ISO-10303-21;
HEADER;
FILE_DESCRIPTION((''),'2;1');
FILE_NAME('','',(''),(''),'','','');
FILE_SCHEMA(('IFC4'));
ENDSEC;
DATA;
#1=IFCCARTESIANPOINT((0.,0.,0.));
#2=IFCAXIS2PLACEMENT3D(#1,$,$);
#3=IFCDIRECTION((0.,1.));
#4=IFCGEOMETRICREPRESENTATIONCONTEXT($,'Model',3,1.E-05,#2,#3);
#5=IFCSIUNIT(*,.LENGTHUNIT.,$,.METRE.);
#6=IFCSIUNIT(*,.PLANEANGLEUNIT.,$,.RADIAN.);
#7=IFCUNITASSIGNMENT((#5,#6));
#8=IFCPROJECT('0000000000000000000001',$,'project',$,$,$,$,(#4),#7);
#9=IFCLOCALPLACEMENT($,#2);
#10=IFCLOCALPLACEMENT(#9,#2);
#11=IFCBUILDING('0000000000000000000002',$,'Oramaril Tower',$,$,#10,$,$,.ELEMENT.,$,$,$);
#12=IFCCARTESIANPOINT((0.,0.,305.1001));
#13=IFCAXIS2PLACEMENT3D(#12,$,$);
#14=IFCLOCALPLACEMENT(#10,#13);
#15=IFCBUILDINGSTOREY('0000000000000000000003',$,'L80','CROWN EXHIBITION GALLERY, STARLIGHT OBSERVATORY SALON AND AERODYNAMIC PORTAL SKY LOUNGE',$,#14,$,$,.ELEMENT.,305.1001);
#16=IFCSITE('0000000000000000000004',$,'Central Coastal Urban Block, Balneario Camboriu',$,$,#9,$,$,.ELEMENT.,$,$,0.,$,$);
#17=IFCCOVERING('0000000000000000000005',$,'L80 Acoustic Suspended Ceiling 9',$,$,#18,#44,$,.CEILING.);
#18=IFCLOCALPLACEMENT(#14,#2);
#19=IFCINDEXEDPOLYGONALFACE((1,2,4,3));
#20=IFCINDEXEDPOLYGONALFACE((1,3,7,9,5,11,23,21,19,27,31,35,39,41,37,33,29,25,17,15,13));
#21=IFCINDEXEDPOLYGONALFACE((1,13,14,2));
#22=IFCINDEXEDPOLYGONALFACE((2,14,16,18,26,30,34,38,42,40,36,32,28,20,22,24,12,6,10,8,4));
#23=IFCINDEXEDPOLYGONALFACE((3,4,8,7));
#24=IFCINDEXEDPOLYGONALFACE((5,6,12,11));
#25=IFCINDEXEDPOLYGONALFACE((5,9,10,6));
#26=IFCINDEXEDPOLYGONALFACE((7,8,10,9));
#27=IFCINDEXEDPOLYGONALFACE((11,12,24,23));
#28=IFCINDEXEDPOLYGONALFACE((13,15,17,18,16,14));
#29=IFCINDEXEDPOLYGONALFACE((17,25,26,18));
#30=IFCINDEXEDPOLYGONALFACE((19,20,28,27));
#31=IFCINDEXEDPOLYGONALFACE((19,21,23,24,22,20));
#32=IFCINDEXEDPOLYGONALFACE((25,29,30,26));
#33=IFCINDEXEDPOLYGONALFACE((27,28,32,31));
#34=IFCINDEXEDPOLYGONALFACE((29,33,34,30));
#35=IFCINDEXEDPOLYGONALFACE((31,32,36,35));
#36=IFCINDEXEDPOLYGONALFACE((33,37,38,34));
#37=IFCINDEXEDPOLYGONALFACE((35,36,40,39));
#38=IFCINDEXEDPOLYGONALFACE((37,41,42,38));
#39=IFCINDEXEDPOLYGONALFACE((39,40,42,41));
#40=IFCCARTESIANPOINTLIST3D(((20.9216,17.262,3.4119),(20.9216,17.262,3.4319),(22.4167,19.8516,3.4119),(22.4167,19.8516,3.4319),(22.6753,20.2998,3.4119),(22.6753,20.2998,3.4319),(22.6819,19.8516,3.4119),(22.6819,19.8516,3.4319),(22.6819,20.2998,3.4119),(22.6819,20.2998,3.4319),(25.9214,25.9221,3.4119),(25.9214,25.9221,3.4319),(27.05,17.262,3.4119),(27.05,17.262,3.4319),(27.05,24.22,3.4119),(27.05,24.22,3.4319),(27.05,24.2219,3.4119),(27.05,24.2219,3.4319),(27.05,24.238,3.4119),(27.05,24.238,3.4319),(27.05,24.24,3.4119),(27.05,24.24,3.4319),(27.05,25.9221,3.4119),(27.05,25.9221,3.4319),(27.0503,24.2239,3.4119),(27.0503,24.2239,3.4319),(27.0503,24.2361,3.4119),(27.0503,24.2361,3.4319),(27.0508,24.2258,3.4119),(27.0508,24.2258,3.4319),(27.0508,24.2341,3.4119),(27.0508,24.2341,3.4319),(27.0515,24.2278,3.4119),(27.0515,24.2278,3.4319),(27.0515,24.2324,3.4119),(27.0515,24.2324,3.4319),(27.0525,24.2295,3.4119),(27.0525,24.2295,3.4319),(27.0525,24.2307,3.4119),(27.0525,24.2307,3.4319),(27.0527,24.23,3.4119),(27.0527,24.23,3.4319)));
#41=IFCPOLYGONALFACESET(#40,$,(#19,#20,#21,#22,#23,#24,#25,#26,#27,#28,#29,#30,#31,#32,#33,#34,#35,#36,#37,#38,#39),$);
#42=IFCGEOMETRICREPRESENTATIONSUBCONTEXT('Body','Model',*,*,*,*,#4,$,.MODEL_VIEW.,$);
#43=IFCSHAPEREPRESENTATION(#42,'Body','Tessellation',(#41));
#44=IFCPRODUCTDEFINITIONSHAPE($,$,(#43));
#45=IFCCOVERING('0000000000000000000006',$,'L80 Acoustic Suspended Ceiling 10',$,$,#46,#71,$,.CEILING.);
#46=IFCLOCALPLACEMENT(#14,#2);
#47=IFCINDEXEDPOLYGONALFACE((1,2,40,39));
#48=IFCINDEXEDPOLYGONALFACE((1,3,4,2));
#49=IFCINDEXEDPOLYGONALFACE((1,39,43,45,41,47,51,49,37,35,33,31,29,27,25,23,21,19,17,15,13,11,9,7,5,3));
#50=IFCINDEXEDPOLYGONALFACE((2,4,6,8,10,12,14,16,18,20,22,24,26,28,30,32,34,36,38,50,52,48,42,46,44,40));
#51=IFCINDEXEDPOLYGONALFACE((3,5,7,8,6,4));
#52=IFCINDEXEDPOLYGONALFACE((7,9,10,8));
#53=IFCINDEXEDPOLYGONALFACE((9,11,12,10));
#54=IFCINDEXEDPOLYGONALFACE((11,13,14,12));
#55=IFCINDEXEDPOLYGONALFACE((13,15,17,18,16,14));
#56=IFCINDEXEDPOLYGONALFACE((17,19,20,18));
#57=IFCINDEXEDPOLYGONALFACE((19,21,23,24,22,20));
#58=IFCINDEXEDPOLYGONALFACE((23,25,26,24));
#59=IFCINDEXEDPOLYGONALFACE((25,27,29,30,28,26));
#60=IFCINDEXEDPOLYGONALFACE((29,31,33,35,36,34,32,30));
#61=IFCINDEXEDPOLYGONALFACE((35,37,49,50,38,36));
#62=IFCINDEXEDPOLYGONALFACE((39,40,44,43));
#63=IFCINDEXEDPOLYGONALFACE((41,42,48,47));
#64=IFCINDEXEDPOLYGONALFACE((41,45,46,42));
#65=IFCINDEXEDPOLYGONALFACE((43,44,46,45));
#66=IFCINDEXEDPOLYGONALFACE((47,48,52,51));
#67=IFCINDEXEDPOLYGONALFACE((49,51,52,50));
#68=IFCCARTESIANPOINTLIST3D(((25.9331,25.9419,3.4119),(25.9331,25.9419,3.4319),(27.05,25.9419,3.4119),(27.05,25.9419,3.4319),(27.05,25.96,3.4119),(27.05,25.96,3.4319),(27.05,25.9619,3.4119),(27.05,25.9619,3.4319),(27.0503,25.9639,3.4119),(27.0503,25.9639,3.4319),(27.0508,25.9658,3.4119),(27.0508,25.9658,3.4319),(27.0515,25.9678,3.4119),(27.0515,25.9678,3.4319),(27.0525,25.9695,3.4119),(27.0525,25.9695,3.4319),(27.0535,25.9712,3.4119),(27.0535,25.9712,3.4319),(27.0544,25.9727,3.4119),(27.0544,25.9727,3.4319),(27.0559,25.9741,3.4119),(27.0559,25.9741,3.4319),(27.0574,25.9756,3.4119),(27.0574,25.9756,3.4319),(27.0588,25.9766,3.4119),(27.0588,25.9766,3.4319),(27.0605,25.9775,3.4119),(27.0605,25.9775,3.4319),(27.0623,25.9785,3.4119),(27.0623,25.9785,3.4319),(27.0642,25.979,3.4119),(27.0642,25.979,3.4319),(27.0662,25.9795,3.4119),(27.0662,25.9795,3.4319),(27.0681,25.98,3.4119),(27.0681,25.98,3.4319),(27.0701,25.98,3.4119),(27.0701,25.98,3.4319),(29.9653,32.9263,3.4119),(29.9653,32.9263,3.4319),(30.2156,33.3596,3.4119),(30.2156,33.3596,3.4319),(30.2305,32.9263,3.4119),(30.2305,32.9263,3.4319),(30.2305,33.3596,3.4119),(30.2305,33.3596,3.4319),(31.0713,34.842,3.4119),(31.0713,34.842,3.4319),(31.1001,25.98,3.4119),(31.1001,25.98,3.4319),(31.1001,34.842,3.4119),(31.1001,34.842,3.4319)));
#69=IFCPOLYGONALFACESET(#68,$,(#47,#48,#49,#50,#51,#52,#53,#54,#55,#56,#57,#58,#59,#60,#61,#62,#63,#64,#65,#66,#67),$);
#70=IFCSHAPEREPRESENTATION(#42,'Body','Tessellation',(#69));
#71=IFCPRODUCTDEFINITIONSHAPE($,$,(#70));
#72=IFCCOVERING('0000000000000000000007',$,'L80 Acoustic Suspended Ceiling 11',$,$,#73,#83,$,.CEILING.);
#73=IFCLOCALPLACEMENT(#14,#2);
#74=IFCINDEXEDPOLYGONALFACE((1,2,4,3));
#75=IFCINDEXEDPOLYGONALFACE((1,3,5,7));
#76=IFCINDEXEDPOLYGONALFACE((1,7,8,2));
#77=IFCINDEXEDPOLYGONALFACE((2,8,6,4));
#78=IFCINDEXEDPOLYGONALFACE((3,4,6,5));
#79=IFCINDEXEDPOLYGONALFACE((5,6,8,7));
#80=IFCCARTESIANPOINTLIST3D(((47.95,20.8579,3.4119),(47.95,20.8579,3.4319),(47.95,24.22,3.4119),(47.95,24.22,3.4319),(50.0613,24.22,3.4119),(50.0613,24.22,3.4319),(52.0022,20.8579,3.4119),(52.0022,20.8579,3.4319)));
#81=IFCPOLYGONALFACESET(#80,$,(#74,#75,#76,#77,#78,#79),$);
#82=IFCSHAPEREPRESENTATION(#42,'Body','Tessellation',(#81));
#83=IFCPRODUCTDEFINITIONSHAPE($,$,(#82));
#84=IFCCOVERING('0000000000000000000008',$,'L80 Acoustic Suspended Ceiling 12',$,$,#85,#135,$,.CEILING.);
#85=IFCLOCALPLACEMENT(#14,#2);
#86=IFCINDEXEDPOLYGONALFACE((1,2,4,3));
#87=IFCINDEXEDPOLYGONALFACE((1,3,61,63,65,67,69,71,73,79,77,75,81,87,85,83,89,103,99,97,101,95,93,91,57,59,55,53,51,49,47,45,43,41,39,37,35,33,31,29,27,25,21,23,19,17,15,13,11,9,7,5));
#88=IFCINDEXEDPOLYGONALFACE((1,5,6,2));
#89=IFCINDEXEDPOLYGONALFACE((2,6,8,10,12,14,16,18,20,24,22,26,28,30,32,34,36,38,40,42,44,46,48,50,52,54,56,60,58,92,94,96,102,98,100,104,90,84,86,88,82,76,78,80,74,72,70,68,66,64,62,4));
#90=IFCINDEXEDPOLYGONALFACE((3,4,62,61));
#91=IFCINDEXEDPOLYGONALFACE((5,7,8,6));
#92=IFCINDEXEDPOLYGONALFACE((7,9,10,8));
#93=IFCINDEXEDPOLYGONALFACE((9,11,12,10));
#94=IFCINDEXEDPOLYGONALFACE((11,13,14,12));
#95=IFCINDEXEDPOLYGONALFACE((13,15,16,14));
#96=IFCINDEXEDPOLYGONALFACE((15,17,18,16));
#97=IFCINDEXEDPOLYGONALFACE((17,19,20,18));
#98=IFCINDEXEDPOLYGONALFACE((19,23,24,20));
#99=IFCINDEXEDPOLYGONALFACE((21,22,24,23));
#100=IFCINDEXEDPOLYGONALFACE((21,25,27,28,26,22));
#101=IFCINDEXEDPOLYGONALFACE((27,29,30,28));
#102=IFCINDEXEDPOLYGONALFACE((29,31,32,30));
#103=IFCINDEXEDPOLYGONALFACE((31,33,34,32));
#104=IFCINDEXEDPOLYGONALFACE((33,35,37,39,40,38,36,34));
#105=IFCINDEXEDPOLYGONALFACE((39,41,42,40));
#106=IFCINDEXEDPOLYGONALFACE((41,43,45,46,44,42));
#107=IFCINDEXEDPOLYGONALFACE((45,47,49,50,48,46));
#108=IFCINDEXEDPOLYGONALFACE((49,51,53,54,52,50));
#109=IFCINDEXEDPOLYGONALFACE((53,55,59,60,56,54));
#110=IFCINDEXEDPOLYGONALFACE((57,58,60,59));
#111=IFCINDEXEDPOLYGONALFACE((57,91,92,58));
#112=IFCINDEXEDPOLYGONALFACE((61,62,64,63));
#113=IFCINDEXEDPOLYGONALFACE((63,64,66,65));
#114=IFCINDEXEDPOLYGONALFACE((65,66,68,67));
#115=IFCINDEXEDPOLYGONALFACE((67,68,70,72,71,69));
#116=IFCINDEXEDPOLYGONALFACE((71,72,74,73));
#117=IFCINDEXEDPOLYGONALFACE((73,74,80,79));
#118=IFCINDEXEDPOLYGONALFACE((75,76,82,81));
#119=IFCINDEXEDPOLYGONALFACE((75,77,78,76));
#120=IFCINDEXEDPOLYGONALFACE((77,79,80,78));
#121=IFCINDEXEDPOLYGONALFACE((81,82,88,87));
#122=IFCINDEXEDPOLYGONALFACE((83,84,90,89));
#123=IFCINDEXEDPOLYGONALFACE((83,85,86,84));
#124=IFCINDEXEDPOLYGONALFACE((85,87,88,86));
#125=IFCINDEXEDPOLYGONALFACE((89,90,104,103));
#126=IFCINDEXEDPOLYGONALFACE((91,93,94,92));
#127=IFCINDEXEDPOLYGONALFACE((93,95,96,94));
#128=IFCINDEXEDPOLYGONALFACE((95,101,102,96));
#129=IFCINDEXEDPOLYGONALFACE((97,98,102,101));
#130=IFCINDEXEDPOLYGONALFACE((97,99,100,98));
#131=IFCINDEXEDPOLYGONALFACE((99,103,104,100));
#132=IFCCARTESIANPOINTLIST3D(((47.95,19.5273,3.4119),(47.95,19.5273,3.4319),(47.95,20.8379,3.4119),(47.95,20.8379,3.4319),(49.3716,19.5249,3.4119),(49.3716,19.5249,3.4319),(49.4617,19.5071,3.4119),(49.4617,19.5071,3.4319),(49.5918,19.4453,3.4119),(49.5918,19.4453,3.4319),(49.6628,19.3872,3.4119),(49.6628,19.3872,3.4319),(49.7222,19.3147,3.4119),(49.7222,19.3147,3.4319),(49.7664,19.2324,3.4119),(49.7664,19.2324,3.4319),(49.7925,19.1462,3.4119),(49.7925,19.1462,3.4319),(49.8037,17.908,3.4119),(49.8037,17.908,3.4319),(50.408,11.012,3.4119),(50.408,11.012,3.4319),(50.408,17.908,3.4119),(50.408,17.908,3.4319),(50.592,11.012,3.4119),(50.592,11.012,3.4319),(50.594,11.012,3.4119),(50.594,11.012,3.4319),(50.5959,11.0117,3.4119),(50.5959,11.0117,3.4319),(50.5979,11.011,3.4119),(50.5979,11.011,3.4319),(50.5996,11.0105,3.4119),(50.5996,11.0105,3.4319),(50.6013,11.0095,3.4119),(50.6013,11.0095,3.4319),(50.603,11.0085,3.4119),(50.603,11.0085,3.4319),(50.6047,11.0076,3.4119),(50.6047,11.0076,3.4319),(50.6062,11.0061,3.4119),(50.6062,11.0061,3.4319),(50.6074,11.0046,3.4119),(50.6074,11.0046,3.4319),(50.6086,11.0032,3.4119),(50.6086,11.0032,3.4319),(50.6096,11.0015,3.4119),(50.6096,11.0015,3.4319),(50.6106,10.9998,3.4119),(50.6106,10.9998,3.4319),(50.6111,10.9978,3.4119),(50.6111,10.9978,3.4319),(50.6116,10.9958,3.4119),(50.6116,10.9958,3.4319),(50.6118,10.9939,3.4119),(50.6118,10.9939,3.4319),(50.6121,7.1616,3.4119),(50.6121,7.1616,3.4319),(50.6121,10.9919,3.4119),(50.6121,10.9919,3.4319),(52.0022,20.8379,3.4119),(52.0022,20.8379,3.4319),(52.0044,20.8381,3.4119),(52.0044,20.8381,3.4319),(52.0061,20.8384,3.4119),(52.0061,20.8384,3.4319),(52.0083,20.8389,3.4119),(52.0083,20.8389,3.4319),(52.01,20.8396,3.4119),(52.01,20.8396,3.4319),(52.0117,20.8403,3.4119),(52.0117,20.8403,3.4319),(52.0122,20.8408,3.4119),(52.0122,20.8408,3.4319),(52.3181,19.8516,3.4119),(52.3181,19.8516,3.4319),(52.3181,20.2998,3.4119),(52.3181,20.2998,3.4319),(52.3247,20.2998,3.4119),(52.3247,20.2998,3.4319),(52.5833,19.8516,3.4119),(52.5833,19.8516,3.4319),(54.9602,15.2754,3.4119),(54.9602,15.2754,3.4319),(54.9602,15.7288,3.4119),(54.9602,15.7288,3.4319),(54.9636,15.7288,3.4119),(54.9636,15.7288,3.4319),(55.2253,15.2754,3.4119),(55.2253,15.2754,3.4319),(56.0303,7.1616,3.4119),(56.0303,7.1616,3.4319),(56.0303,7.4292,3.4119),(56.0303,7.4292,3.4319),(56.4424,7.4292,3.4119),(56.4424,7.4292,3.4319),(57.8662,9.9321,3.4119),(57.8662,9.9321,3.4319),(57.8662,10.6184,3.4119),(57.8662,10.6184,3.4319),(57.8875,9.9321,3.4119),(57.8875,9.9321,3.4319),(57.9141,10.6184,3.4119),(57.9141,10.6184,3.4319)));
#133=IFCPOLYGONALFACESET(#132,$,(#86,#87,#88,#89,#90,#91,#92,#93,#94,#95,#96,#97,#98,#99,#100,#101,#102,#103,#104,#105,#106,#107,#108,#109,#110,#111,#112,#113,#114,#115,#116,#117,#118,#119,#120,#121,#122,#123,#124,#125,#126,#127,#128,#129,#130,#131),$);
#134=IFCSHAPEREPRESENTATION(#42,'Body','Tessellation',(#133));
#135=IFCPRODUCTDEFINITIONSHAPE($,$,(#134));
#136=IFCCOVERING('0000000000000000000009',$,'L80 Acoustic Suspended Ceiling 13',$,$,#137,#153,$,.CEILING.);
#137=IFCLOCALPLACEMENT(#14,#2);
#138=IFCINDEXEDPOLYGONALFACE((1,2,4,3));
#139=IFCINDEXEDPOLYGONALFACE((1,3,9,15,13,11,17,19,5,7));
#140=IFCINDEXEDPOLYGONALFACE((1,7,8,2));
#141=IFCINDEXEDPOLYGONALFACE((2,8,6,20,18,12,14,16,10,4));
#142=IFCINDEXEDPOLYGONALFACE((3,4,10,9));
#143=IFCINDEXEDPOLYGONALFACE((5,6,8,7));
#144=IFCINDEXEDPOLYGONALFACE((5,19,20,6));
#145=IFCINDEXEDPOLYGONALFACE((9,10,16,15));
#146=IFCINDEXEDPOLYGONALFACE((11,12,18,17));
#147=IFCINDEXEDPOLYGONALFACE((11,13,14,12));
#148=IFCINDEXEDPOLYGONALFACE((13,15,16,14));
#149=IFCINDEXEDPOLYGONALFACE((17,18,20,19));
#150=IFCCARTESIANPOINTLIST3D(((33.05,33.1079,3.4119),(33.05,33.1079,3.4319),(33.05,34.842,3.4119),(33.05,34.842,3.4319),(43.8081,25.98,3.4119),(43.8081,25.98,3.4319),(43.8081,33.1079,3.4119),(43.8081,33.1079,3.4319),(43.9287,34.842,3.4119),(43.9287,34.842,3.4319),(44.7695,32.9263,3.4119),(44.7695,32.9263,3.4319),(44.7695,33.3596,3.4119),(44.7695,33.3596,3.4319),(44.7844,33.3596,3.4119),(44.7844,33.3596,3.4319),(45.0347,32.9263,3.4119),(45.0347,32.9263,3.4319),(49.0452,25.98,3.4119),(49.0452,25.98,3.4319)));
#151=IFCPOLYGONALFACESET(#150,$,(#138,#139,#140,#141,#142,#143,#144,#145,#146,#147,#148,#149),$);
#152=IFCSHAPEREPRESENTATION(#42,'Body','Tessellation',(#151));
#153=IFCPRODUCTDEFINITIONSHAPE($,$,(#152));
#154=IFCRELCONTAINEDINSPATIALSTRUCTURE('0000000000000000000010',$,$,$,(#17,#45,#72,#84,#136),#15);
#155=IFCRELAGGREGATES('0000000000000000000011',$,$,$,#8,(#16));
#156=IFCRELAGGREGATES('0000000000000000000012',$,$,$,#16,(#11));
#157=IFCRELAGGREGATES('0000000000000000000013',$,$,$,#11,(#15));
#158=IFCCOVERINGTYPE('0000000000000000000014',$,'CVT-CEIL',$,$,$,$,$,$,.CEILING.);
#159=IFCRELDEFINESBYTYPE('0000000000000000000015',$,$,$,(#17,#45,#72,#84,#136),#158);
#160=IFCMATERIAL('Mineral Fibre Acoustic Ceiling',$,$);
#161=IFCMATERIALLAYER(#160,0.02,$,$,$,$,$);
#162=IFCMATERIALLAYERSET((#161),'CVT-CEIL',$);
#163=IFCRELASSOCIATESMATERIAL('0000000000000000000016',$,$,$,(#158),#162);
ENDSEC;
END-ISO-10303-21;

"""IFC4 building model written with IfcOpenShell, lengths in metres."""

from ifc_helpers import new_model, si_unit, direction, frame, origin, place, context, subcontext, project, spatial, polyline, outline, extrude, material, layer, layer_set, type_object, element, save


model = new_model("IFC4")

# Units and contexts
model_context = context("Model", 3, precision=1e-05, world=origin(), true_north=direction((0.0, 1.0)))
body_context = subcontext(model_context, "Body", "Model", "MODEL_VIEW")
ifc_project = project(units=[si_unit("LENGTHUNIT", "METRE"), si_unit("PLANEANGLEUNIT", "RADIAN")], contexts=[model_context])

# Site, building, storey
site_placement = place(None, origin())
site = spatial("IfcSite", under=ifc_project, at=site_placement, Name="Central Coastal Urban Block, Balneario Camboriu", CompositionType="ELEMENT", RefElevation=0.0)
building_placement = place(site_placement, origin())
building = spatial("IfcBuilding", under=site, at=building_placement, Name="Oramaril Tower", CompositionType="ELEMENT")
storey_placement = place(building_placement, frame((0.0, 0.0, 305.1001)))
storey = spatial("IfcBuildingStorey", under=building, at=storey_placement, Name="L80", Description="CROWN EXHIBITION GALLERY, STARLIGHT OBSERVATORY SALON AND AERODYNAMIC PORTAL SKY LOUNGE", CompositionType="ELEMENT", Elevation=305.1001)

# Coverings
ifc_material_1 = material(Name="Mineral Fibre Acoustic Ceiling")
ifc_layer_1 = layer(ifc_material_1, 0.02)
ifc_layer_set_1 = layer_set([ifc_layer_1], Name="CVT-CEIL")
covering_type_1 = type_object("IfcCoveringType", Name="CVT-CEIL", PredefinedType="CEILING", material=ifc_layer_set_1)
covering_1_placement = place(storey_placement, frame((0.0, 0.0, 3.4119)))
element("IfcCovering", 1, at=covering_1_placement, inside=storey, type_object=covering_type_1, Name="L80 Acoustic Suspended Ceiling 9", PredefinedType="CEILING", context=body_context, shape_type="SweptSolid", body=[
    extrude(outline(polyline([(22.4167, 19.8516), (22.6819, 19.8516), (22.6819, 20.2998), (22.6753, 20.2998), (25.9214, 25.9221), (27.05, 25.9221), (27.05, 24.24), (27.05, 24.238), (27.0503, 24.2361), (27.0508, 24.2341), (27.0515, 24.2324), (27.0525, 24.2307), (27.0527, 24.23), (27.0525, 24.2295), (27.0515, 24.2278), (27.0508, 24.2258), (27.0503, 24.2239), (27.05, 24.2219), (27.05, 24.22), (27.05, 17.262), (20.9216, 17.262), (22.4167, 19.8516)])), origin(), (0.0, 0.0, 1.0), 0.02),
])
covering_2_placement = place(storey_placement, frame((0.0, 0.0, 3.4119)))
element("IfcCovering", 2, at=covering_2_placement, inside=storey, type_object=covering_type_1, Name="L80 Acoustic Suspended Ceiling 10", PredefinedType="CEILING", context=body_context, shape_type="SweptSolid", body=[
    extrude(outline(polyline([(29.9653, 32.9263), (30.2305, 32.9263), (30.2305, 33.3596), (30.2156, 33.3596), (31.0713, 34.842), (31.1001, 34.842), (31.1001, 25.98), (27.0701, 25.98), (27.0681, 25.98), (27.0662, 25.9795), (27.0642, 25.979), (27.0623, 25.9785), (27.0605, 25.9775), (27.0588, 25.9766), (27.0574, 25.9756), (27.0559, 25.9741), (27.0544, 25.9727), (27.0535, 25.9712), (27.0525, 25.9695), (27.0515, 25.9678), (27.0508, 25.9658), (27.0503, 25.9639), (27.05, 25.9619), (27.05, 25.96), (27.05, 25.9419), (25.9331, 25.9419), (29.9653, 32.9263)])), origin(), (0.0, 0.0, 1.0), 0.02),
])
covering_3_placement = place(storey_placement, frame((0.0, 0.0, 3.4119)))
element("IfcCovering", 3, at=covering_3_placement, inside=storey, type_object=covering_type_1, Name="L80 Acoustic Suspended Ceiling 11", PredefinedType="CEILING", context=body_context, shape_type="SweptSolid", body=[
    extrude(outline(polyline([(52.0022, 20.8579), (47.95, 20.8579), (47.95, 24.22), (50.0613, 24.22), (52.0022, 20.8579)])), origin(), (0.0, 0.0, 1.0), 0.02),
])
covering_4_placement = place(storey_placement, frame((0.0, 0.0, 3.4119)))
element("IfcCovering", 4, at=covering_4_placement, inside=storey, type_object=covering_type_1, Name="L80 Acoustic Suspended Ceiling 12", PredefinedType="CEILING", context=body_context, shape_type="SweptSolid", body=[
    extrude(outline(polyline([(52.3247, 20.2998), (52.3181, 20.2998), (52.3181, 19.8516), (52.5833, 19.8516), (54.9636, 15.7288), (54.9602, 15.7288), (54.9602, 15.2754), (55.2253, 15.2754), (57.9141, 10.6184), (57.8662, 10.6184), (57.8662, 9.9321), (57.8875, 9.9321), (56.4424, 7.4292), (56.0303, 7.4292), (56.0303, 7.1616), (50.6121, 7.1616), (50.6121, 10.9919), (50.6118, 10.9939), (50.6116, 10.9958), (50.6111, 10.9978), (50.6106, 10.9998), (50.6096, 11.0015), (50.6086, 11.0032), (50.6074, 11.0046), (50.6062, 11.0061), (50.6047, 11.0076), (50.603, 11.0085), (50.6013, 11.0095), (50.5996, 11.0105), (50.5979, 11.011), (50.5959, 11.0117), (50.594, 11.012), (50.592, 11.012), (50.408, 11.012), (50.408, 17.908), (49.8037, 17.908), (49.7925, 19.1462), (49.7664, 19.2324), (49.7222, 19.3147), (49.6628, 19.3872), (49.5918, 19.4453), (49.4617, 19.5071), (49.3716, 19.5249), (47.95, 19.5273), (47.95, 20.8379), (52.0022, 20.8379), (52.0044, 20.8381), (52.0061, 20.8384), (52.0083, 20.8389), (52.01, 20.8396), (52.0117, 20.8403), (52.0122, 20.8408), (52.3247, 20.2998)])), origin(), (0.0, 0.0, 1.0), 0.02),
])
covering_5_placement = place(storey_placement, frame((0.0, 0.0, 3.4119)))
element("IfcCovering", 5, at=covering_5_placement, inside=storey, type_object=covering_type_1, Name="L80 Acoustic Suspended Ceiling 13", PredefinedType="CEILING", context=body_context, shape_type="SweptSolid", body=[
    extrude(outline(polyline([(43.9287, 34.842), (44.7844, 33.3596), (44.7695, 33.3596), (44.7695, 32.9263), (45.0347, 32.9263), (49.0452, 25.98), (43.8081, 25.98), (43.8081, 33.1079), (33.05, 33.1079), (33.05, 34.842), (43.9287, 34.842)])), origin(), (0.0, 0.0, 1.0), 0.02),
])

save(model, "model.ifc")
